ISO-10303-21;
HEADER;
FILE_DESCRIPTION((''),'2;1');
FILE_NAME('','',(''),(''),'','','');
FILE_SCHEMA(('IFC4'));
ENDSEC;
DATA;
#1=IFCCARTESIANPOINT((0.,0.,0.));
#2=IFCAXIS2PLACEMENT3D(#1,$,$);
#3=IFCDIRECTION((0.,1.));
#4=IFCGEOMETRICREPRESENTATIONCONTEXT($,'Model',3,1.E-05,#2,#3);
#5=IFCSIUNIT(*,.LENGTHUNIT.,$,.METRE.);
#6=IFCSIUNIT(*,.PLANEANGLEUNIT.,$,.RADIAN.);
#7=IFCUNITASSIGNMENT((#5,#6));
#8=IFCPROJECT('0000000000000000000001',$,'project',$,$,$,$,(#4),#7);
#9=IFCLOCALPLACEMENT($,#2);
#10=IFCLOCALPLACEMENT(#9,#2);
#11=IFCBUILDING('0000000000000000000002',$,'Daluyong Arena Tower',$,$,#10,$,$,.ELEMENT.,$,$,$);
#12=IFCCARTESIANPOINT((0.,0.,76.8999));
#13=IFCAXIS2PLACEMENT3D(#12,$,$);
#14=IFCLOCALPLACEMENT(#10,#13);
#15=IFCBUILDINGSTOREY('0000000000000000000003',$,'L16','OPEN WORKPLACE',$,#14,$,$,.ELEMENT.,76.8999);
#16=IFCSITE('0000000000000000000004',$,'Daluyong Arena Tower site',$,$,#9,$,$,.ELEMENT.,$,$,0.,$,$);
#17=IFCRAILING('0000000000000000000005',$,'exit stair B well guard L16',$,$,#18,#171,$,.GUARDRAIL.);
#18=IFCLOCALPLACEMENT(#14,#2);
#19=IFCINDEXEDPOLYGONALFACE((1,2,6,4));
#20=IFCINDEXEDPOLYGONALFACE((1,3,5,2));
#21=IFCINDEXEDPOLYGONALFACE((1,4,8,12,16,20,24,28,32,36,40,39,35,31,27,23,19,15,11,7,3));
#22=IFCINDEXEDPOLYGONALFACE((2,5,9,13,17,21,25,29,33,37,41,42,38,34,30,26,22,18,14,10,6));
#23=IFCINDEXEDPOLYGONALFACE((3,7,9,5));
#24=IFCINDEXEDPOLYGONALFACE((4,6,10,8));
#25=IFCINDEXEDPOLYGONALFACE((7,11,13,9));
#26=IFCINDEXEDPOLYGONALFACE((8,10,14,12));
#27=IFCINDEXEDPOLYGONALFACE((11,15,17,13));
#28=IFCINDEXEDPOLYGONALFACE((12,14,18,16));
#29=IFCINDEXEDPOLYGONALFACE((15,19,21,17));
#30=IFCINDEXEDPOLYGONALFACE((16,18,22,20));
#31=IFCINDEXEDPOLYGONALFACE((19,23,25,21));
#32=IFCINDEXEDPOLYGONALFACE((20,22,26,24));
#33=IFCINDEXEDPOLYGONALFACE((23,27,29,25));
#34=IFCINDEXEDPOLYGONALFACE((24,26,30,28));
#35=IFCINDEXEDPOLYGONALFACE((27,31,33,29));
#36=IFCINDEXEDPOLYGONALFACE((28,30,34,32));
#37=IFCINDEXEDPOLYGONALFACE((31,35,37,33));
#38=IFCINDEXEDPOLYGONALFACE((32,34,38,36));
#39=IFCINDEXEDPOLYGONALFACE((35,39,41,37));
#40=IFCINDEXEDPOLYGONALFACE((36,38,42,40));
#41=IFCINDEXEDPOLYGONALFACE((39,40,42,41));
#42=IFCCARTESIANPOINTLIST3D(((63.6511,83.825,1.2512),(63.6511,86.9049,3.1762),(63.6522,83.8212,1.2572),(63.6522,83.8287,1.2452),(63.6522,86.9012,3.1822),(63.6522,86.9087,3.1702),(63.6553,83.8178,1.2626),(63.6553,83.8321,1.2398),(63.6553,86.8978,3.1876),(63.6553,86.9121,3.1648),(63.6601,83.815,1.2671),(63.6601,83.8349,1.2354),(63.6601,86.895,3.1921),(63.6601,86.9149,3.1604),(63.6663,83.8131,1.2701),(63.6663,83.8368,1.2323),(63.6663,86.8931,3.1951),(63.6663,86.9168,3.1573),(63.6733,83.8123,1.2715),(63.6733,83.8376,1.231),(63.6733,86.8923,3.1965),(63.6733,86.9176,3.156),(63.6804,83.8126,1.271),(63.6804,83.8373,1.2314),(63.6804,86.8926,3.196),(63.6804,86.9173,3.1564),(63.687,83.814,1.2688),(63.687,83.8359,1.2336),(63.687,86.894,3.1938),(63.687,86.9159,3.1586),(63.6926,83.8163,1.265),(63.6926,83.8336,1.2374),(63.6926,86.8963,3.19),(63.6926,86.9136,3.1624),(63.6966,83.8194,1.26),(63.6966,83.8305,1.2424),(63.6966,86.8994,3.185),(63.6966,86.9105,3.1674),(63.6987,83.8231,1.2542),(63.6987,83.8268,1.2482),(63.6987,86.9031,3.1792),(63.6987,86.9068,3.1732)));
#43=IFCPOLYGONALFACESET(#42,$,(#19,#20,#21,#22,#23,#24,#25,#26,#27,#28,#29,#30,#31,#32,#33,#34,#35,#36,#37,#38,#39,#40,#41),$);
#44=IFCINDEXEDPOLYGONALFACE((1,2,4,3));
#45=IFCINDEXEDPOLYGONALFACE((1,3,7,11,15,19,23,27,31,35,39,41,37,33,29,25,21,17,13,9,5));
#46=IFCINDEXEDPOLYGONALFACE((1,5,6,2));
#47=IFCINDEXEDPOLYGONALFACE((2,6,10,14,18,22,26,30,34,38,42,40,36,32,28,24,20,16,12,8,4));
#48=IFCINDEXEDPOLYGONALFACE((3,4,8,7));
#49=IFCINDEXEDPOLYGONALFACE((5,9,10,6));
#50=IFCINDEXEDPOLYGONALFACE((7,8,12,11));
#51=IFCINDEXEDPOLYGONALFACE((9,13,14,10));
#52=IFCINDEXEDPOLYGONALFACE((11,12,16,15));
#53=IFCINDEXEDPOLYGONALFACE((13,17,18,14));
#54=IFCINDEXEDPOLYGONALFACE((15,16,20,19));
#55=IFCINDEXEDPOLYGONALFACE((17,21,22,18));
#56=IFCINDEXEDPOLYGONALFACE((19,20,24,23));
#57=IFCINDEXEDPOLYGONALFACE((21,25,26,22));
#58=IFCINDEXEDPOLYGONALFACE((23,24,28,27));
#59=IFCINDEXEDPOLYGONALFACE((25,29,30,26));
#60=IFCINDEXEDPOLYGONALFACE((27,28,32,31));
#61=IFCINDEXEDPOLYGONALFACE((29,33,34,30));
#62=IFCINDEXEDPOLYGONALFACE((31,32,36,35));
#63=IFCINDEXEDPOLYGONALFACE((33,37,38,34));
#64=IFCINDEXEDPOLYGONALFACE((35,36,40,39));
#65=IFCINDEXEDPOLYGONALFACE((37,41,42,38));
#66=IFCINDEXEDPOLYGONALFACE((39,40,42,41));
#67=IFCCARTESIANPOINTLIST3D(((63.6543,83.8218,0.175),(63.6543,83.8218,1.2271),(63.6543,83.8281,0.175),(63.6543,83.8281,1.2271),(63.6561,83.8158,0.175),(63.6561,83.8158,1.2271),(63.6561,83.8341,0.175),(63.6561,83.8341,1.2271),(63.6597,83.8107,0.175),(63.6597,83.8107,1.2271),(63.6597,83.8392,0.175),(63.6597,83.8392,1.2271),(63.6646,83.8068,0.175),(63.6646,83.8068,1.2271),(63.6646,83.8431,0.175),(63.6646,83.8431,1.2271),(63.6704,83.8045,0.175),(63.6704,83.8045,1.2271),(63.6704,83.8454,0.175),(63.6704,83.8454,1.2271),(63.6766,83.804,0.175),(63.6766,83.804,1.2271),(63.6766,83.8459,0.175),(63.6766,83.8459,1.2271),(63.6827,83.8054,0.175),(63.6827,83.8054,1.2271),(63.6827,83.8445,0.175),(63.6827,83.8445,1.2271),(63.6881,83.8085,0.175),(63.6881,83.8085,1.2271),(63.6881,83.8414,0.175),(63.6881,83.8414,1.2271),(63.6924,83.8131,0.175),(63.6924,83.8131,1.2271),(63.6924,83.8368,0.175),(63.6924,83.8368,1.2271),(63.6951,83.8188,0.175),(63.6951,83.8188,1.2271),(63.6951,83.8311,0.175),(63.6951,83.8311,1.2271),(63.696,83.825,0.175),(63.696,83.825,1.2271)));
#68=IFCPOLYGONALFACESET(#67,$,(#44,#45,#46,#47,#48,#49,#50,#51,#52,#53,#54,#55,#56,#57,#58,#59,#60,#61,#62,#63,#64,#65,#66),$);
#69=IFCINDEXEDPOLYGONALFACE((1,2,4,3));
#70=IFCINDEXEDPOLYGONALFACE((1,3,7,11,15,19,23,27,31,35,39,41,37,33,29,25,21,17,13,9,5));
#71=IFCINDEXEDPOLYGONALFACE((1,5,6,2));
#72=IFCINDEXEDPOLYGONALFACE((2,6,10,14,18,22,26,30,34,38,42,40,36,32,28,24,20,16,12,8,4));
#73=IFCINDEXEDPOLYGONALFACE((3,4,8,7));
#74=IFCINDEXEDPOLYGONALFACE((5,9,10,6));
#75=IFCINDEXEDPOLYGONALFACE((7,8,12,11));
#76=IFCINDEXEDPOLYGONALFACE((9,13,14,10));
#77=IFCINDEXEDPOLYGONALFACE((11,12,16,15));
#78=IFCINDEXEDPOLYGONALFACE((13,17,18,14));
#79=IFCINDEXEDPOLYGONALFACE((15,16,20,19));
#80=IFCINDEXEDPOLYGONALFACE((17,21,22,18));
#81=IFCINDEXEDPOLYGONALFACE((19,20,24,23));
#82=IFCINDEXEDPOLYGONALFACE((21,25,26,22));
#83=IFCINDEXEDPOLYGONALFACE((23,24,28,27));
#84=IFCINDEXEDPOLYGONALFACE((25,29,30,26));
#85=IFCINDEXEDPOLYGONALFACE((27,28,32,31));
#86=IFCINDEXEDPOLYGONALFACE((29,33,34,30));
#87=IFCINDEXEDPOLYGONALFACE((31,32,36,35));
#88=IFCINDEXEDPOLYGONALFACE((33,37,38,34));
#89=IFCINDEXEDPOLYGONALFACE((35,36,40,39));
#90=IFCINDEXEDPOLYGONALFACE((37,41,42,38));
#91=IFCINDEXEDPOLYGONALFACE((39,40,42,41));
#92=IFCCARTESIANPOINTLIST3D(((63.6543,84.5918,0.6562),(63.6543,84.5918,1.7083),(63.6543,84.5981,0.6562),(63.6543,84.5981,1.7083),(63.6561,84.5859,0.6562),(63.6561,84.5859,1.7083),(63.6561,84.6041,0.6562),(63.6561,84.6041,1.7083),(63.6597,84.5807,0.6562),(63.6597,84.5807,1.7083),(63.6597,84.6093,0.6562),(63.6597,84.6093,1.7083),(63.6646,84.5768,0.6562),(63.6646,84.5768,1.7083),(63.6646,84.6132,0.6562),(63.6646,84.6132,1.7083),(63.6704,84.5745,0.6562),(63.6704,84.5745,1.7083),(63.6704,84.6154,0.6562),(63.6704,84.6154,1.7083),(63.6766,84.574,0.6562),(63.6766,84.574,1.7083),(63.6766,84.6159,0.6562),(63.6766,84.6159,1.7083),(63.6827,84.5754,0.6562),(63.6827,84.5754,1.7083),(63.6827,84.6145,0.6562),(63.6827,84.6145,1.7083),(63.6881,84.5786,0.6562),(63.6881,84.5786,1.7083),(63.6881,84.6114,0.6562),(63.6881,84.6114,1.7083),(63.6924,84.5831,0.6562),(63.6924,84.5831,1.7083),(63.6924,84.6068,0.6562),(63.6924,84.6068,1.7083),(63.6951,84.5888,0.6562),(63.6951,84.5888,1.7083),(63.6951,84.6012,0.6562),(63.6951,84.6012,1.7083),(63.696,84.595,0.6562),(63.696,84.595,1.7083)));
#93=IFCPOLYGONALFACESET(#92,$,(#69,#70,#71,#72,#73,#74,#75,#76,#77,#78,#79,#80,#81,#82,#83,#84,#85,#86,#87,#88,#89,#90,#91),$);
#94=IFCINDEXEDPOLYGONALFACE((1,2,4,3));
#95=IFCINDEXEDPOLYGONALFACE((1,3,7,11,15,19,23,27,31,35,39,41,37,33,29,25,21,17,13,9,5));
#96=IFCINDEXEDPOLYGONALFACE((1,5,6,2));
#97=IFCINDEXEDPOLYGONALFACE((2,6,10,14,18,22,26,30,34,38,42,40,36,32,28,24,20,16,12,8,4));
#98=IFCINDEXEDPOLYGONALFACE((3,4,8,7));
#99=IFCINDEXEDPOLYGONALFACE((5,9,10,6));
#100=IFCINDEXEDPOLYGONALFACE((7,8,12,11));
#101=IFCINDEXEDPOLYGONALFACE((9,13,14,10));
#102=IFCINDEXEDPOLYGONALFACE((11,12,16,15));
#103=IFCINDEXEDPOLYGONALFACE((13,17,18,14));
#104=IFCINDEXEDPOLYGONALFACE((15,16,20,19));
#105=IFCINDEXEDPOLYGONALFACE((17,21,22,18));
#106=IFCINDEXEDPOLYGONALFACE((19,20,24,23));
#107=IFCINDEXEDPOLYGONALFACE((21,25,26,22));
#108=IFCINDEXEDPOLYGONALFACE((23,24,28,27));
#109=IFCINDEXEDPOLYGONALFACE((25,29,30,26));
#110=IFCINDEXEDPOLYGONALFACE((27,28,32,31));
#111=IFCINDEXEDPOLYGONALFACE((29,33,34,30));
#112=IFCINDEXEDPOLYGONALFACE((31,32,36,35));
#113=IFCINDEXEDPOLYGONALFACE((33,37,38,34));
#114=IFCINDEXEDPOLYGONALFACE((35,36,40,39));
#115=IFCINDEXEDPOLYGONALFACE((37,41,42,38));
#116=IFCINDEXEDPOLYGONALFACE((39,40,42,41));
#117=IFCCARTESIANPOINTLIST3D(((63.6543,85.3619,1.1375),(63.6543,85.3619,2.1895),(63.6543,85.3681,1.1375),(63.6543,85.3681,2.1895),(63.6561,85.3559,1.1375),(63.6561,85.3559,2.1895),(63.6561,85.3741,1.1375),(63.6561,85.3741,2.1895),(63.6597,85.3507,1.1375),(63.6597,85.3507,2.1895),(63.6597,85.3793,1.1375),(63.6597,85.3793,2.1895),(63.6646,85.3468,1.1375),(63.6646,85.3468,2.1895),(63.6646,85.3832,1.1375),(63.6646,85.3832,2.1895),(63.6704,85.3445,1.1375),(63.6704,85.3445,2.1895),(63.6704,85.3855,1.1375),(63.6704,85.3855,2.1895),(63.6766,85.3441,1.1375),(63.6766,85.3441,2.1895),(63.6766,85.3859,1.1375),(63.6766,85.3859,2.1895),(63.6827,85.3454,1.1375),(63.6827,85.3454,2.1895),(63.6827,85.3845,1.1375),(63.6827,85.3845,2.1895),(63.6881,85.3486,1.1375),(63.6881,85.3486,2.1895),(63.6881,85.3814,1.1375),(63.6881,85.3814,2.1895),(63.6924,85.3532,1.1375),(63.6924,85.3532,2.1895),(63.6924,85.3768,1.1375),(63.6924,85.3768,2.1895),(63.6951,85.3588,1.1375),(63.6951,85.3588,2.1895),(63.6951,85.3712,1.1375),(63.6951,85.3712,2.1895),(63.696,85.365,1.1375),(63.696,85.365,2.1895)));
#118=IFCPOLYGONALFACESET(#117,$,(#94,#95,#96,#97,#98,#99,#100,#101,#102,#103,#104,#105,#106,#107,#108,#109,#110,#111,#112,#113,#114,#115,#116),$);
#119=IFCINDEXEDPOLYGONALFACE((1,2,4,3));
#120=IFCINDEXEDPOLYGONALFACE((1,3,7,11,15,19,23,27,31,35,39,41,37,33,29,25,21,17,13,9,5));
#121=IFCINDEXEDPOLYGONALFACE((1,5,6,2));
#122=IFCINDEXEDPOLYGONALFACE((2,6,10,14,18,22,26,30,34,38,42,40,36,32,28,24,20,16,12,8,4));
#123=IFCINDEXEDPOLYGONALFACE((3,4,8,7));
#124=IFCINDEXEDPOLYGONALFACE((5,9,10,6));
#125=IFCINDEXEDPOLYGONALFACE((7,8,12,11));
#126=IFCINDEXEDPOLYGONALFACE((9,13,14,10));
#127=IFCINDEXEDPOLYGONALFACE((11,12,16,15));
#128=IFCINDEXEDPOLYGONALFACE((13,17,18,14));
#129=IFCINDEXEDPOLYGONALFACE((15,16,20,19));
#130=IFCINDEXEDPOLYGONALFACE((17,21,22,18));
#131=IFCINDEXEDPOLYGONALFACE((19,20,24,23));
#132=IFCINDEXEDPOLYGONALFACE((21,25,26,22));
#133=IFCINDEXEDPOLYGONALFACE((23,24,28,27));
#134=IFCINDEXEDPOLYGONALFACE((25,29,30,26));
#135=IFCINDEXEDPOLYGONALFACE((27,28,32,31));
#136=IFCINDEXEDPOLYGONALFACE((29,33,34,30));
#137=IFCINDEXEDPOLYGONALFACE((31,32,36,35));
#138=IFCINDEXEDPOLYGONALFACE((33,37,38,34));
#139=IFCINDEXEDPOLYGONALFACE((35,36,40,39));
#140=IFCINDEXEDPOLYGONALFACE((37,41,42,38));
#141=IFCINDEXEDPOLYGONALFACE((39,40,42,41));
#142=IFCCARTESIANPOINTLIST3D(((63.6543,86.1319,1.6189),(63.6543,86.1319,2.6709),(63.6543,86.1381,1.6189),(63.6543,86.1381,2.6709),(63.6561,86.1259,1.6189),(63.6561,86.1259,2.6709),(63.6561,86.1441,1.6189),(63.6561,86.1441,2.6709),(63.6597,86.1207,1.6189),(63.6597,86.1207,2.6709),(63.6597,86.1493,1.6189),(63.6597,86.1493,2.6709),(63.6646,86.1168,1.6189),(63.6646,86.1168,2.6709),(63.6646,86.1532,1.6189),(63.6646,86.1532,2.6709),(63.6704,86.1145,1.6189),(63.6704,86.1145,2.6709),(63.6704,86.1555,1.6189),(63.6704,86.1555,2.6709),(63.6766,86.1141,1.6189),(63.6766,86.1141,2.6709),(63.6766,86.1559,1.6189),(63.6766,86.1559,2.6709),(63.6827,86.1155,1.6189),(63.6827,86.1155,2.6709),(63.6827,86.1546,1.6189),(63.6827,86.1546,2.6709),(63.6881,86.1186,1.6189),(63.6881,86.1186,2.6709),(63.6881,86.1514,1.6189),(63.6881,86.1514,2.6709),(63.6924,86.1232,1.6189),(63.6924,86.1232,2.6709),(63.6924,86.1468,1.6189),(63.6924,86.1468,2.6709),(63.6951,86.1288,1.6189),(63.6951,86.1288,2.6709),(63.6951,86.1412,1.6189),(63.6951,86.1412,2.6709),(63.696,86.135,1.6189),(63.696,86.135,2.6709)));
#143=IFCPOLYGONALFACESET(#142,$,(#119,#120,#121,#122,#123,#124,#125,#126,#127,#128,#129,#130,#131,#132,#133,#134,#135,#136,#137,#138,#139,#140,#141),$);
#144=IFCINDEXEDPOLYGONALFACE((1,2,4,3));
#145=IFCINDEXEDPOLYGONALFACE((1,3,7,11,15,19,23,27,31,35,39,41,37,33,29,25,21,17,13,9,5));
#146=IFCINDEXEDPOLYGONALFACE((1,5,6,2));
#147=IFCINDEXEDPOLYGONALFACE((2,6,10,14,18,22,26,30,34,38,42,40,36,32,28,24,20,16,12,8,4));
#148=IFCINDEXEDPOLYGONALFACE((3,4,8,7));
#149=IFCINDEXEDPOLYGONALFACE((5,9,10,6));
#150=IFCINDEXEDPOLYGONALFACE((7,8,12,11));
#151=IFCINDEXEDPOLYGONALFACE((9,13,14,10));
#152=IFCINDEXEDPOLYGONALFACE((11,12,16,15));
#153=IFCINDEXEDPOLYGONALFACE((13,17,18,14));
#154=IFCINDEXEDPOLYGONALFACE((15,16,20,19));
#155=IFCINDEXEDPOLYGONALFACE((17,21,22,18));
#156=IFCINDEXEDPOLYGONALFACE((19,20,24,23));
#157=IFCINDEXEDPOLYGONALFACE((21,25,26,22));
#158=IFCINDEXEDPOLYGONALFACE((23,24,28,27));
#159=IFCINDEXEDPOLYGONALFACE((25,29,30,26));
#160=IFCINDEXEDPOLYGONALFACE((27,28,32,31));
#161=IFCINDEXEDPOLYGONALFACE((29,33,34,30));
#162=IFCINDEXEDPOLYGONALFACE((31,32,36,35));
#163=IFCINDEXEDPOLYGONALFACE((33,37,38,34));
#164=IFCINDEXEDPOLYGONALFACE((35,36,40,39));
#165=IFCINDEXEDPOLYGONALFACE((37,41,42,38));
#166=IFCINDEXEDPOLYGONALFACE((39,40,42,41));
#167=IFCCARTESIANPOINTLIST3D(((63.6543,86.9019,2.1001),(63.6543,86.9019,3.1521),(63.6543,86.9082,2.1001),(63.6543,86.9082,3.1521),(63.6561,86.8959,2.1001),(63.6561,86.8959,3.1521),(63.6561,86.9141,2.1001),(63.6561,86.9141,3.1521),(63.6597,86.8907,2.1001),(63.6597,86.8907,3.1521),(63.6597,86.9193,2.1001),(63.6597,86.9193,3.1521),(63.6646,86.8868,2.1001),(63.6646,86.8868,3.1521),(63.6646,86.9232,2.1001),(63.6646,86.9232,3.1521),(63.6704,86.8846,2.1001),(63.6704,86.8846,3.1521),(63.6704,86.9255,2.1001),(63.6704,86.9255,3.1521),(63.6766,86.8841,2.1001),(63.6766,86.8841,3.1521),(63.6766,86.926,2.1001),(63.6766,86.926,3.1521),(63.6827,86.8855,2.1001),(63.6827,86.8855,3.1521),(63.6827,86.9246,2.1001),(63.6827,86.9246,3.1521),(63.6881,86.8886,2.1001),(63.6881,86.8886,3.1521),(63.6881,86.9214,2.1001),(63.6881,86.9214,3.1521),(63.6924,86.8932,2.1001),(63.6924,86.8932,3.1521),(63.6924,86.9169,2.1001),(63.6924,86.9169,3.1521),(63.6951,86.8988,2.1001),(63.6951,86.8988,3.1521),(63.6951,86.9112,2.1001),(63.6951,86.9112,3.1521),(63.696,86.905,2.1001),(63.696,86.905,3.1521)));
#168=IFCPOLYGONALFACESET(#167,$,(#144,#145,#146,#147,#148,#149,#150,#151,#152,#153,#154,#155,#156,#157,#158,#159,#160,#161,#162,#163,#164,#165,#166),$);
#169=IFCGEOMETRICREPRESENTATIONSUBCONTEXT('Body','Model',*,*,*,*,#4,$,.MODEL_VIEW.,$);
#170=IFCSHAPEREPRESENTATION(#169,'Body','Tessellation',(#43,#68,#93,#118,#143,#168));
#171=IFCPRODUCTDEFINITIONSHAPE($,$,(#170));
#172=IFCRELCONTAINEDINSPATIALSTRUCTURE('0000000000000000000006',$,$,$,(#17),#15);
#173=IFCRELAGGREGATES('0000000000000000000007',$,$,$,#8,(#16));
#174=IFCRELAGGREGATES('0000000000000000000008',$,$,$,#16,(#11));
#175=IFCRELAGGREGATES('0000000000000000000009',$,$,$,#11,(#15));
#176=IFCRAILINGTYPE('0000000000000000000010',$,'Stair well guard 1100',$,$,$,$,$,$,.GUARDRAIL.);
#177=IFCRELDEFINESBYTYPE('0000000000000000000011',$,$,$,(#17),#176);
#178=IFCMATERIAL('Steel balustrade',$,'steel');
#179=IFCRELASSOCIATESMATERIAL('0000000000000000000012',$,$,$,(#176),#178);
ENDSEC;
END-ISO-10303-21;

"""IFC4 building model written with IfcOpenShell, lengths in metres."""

from ifc_helpers import new_model, si_unit, direction, frame, origin, origin_2d, place, context, subcontext, project, spatial, circle, extrude, material, type_object, element, save


model = new_model("IFC4")

# Units and contexts
model_context = context("Model", 3, precision=1e-05, world=origin(), true_north=direction((0.0, 1.0)))
body_context = subcontext(model_context, "Body", "Model", "MODEL_VIEW")
ifc_project = project(units=[si_unit("LENGTHUNIT", "METRE"), si_unit("PLANEANGLEUNIT", "RADIAN")], contexts=[model_context])

# Site, building, storey
site_placement = place(None, origin())
site = spatial("IfcSite", under=ifc_project, at=site_placement, Name="Daluyong Arena Tower site", CompositionType="ELEMENT", RefElevation=0.0)
building_placement = place(site_placement, origin())
building = spatial("IfcBuilding", under=site, at=building_placement, Name="Daluyong Arena Tower", CompositionType="ELEMENT")
storey_placement = place(building_placement, frame((0.0, 0.0, 76.8999)))
storey = spatial("IfcBuildingStorey", under=building, at=storey_placement, Name="L16", Description="OPEN WORKPLACE", CompositionType="ELEMENT", Elevation=76.8999)

# Railing
ifc_material_1 = material(Name="Steel balustrade", Category="steel")
railing_type_1 = type_object("IfcRailingType", Name="Stair well guard 1100", PredefinedType="GUARDRAIL", material=ifc_material_1)
railing_1_placement = place(storey_placement, frame((63.675, 83.825, 0.175)))
element("IfcRailing", 1, at=railing_1_placement, inside=storey, type_object=railing_type_1, Name="exit stair B well guard L16", PredefinedType="GUARDRAIL", context=body_context, shape_type="SweptSolid", body=[
    extrude(circle(Radius=0.0239, at=origin_2d()), frame((0.0, 0.0, 1.0762), z_axis=(0.0, 0.847998, 0.529999), x_axis=(-1.0, 0.0, 0.0)), (0.0, 0.0, 1.0), 3.6321),
    extrude(circle(Radius=0.021, at=origin_2d()), origin(), (0.0, 0.0, 1.0), 1.052),
    extrude(circle(Radius=0.021, at=origin_2d()), frame((0.0, 0.77, 0.4812)), (0.0, 0.0, 1.0), 1.052),
    extrude(circle(Radius=0.021, at=origin_2d()), frame((0.0, 1.54, 0.9624)), (0.0, 0.0, 1.0), 1.052),
    extrude(circle(Radius=0.021, at=origin_2d()), frame((0.0, 2.3101, 1.4438)), (0.0, 0.0, 1.0), 1.052),
    extrude(circle(Radius=0.021, at=origin_2d()), frame((0.0, 3.0801, 1.925)), (0.0, 0.0, 1.0), 1.052),
])

save(model, "model.ifc")
